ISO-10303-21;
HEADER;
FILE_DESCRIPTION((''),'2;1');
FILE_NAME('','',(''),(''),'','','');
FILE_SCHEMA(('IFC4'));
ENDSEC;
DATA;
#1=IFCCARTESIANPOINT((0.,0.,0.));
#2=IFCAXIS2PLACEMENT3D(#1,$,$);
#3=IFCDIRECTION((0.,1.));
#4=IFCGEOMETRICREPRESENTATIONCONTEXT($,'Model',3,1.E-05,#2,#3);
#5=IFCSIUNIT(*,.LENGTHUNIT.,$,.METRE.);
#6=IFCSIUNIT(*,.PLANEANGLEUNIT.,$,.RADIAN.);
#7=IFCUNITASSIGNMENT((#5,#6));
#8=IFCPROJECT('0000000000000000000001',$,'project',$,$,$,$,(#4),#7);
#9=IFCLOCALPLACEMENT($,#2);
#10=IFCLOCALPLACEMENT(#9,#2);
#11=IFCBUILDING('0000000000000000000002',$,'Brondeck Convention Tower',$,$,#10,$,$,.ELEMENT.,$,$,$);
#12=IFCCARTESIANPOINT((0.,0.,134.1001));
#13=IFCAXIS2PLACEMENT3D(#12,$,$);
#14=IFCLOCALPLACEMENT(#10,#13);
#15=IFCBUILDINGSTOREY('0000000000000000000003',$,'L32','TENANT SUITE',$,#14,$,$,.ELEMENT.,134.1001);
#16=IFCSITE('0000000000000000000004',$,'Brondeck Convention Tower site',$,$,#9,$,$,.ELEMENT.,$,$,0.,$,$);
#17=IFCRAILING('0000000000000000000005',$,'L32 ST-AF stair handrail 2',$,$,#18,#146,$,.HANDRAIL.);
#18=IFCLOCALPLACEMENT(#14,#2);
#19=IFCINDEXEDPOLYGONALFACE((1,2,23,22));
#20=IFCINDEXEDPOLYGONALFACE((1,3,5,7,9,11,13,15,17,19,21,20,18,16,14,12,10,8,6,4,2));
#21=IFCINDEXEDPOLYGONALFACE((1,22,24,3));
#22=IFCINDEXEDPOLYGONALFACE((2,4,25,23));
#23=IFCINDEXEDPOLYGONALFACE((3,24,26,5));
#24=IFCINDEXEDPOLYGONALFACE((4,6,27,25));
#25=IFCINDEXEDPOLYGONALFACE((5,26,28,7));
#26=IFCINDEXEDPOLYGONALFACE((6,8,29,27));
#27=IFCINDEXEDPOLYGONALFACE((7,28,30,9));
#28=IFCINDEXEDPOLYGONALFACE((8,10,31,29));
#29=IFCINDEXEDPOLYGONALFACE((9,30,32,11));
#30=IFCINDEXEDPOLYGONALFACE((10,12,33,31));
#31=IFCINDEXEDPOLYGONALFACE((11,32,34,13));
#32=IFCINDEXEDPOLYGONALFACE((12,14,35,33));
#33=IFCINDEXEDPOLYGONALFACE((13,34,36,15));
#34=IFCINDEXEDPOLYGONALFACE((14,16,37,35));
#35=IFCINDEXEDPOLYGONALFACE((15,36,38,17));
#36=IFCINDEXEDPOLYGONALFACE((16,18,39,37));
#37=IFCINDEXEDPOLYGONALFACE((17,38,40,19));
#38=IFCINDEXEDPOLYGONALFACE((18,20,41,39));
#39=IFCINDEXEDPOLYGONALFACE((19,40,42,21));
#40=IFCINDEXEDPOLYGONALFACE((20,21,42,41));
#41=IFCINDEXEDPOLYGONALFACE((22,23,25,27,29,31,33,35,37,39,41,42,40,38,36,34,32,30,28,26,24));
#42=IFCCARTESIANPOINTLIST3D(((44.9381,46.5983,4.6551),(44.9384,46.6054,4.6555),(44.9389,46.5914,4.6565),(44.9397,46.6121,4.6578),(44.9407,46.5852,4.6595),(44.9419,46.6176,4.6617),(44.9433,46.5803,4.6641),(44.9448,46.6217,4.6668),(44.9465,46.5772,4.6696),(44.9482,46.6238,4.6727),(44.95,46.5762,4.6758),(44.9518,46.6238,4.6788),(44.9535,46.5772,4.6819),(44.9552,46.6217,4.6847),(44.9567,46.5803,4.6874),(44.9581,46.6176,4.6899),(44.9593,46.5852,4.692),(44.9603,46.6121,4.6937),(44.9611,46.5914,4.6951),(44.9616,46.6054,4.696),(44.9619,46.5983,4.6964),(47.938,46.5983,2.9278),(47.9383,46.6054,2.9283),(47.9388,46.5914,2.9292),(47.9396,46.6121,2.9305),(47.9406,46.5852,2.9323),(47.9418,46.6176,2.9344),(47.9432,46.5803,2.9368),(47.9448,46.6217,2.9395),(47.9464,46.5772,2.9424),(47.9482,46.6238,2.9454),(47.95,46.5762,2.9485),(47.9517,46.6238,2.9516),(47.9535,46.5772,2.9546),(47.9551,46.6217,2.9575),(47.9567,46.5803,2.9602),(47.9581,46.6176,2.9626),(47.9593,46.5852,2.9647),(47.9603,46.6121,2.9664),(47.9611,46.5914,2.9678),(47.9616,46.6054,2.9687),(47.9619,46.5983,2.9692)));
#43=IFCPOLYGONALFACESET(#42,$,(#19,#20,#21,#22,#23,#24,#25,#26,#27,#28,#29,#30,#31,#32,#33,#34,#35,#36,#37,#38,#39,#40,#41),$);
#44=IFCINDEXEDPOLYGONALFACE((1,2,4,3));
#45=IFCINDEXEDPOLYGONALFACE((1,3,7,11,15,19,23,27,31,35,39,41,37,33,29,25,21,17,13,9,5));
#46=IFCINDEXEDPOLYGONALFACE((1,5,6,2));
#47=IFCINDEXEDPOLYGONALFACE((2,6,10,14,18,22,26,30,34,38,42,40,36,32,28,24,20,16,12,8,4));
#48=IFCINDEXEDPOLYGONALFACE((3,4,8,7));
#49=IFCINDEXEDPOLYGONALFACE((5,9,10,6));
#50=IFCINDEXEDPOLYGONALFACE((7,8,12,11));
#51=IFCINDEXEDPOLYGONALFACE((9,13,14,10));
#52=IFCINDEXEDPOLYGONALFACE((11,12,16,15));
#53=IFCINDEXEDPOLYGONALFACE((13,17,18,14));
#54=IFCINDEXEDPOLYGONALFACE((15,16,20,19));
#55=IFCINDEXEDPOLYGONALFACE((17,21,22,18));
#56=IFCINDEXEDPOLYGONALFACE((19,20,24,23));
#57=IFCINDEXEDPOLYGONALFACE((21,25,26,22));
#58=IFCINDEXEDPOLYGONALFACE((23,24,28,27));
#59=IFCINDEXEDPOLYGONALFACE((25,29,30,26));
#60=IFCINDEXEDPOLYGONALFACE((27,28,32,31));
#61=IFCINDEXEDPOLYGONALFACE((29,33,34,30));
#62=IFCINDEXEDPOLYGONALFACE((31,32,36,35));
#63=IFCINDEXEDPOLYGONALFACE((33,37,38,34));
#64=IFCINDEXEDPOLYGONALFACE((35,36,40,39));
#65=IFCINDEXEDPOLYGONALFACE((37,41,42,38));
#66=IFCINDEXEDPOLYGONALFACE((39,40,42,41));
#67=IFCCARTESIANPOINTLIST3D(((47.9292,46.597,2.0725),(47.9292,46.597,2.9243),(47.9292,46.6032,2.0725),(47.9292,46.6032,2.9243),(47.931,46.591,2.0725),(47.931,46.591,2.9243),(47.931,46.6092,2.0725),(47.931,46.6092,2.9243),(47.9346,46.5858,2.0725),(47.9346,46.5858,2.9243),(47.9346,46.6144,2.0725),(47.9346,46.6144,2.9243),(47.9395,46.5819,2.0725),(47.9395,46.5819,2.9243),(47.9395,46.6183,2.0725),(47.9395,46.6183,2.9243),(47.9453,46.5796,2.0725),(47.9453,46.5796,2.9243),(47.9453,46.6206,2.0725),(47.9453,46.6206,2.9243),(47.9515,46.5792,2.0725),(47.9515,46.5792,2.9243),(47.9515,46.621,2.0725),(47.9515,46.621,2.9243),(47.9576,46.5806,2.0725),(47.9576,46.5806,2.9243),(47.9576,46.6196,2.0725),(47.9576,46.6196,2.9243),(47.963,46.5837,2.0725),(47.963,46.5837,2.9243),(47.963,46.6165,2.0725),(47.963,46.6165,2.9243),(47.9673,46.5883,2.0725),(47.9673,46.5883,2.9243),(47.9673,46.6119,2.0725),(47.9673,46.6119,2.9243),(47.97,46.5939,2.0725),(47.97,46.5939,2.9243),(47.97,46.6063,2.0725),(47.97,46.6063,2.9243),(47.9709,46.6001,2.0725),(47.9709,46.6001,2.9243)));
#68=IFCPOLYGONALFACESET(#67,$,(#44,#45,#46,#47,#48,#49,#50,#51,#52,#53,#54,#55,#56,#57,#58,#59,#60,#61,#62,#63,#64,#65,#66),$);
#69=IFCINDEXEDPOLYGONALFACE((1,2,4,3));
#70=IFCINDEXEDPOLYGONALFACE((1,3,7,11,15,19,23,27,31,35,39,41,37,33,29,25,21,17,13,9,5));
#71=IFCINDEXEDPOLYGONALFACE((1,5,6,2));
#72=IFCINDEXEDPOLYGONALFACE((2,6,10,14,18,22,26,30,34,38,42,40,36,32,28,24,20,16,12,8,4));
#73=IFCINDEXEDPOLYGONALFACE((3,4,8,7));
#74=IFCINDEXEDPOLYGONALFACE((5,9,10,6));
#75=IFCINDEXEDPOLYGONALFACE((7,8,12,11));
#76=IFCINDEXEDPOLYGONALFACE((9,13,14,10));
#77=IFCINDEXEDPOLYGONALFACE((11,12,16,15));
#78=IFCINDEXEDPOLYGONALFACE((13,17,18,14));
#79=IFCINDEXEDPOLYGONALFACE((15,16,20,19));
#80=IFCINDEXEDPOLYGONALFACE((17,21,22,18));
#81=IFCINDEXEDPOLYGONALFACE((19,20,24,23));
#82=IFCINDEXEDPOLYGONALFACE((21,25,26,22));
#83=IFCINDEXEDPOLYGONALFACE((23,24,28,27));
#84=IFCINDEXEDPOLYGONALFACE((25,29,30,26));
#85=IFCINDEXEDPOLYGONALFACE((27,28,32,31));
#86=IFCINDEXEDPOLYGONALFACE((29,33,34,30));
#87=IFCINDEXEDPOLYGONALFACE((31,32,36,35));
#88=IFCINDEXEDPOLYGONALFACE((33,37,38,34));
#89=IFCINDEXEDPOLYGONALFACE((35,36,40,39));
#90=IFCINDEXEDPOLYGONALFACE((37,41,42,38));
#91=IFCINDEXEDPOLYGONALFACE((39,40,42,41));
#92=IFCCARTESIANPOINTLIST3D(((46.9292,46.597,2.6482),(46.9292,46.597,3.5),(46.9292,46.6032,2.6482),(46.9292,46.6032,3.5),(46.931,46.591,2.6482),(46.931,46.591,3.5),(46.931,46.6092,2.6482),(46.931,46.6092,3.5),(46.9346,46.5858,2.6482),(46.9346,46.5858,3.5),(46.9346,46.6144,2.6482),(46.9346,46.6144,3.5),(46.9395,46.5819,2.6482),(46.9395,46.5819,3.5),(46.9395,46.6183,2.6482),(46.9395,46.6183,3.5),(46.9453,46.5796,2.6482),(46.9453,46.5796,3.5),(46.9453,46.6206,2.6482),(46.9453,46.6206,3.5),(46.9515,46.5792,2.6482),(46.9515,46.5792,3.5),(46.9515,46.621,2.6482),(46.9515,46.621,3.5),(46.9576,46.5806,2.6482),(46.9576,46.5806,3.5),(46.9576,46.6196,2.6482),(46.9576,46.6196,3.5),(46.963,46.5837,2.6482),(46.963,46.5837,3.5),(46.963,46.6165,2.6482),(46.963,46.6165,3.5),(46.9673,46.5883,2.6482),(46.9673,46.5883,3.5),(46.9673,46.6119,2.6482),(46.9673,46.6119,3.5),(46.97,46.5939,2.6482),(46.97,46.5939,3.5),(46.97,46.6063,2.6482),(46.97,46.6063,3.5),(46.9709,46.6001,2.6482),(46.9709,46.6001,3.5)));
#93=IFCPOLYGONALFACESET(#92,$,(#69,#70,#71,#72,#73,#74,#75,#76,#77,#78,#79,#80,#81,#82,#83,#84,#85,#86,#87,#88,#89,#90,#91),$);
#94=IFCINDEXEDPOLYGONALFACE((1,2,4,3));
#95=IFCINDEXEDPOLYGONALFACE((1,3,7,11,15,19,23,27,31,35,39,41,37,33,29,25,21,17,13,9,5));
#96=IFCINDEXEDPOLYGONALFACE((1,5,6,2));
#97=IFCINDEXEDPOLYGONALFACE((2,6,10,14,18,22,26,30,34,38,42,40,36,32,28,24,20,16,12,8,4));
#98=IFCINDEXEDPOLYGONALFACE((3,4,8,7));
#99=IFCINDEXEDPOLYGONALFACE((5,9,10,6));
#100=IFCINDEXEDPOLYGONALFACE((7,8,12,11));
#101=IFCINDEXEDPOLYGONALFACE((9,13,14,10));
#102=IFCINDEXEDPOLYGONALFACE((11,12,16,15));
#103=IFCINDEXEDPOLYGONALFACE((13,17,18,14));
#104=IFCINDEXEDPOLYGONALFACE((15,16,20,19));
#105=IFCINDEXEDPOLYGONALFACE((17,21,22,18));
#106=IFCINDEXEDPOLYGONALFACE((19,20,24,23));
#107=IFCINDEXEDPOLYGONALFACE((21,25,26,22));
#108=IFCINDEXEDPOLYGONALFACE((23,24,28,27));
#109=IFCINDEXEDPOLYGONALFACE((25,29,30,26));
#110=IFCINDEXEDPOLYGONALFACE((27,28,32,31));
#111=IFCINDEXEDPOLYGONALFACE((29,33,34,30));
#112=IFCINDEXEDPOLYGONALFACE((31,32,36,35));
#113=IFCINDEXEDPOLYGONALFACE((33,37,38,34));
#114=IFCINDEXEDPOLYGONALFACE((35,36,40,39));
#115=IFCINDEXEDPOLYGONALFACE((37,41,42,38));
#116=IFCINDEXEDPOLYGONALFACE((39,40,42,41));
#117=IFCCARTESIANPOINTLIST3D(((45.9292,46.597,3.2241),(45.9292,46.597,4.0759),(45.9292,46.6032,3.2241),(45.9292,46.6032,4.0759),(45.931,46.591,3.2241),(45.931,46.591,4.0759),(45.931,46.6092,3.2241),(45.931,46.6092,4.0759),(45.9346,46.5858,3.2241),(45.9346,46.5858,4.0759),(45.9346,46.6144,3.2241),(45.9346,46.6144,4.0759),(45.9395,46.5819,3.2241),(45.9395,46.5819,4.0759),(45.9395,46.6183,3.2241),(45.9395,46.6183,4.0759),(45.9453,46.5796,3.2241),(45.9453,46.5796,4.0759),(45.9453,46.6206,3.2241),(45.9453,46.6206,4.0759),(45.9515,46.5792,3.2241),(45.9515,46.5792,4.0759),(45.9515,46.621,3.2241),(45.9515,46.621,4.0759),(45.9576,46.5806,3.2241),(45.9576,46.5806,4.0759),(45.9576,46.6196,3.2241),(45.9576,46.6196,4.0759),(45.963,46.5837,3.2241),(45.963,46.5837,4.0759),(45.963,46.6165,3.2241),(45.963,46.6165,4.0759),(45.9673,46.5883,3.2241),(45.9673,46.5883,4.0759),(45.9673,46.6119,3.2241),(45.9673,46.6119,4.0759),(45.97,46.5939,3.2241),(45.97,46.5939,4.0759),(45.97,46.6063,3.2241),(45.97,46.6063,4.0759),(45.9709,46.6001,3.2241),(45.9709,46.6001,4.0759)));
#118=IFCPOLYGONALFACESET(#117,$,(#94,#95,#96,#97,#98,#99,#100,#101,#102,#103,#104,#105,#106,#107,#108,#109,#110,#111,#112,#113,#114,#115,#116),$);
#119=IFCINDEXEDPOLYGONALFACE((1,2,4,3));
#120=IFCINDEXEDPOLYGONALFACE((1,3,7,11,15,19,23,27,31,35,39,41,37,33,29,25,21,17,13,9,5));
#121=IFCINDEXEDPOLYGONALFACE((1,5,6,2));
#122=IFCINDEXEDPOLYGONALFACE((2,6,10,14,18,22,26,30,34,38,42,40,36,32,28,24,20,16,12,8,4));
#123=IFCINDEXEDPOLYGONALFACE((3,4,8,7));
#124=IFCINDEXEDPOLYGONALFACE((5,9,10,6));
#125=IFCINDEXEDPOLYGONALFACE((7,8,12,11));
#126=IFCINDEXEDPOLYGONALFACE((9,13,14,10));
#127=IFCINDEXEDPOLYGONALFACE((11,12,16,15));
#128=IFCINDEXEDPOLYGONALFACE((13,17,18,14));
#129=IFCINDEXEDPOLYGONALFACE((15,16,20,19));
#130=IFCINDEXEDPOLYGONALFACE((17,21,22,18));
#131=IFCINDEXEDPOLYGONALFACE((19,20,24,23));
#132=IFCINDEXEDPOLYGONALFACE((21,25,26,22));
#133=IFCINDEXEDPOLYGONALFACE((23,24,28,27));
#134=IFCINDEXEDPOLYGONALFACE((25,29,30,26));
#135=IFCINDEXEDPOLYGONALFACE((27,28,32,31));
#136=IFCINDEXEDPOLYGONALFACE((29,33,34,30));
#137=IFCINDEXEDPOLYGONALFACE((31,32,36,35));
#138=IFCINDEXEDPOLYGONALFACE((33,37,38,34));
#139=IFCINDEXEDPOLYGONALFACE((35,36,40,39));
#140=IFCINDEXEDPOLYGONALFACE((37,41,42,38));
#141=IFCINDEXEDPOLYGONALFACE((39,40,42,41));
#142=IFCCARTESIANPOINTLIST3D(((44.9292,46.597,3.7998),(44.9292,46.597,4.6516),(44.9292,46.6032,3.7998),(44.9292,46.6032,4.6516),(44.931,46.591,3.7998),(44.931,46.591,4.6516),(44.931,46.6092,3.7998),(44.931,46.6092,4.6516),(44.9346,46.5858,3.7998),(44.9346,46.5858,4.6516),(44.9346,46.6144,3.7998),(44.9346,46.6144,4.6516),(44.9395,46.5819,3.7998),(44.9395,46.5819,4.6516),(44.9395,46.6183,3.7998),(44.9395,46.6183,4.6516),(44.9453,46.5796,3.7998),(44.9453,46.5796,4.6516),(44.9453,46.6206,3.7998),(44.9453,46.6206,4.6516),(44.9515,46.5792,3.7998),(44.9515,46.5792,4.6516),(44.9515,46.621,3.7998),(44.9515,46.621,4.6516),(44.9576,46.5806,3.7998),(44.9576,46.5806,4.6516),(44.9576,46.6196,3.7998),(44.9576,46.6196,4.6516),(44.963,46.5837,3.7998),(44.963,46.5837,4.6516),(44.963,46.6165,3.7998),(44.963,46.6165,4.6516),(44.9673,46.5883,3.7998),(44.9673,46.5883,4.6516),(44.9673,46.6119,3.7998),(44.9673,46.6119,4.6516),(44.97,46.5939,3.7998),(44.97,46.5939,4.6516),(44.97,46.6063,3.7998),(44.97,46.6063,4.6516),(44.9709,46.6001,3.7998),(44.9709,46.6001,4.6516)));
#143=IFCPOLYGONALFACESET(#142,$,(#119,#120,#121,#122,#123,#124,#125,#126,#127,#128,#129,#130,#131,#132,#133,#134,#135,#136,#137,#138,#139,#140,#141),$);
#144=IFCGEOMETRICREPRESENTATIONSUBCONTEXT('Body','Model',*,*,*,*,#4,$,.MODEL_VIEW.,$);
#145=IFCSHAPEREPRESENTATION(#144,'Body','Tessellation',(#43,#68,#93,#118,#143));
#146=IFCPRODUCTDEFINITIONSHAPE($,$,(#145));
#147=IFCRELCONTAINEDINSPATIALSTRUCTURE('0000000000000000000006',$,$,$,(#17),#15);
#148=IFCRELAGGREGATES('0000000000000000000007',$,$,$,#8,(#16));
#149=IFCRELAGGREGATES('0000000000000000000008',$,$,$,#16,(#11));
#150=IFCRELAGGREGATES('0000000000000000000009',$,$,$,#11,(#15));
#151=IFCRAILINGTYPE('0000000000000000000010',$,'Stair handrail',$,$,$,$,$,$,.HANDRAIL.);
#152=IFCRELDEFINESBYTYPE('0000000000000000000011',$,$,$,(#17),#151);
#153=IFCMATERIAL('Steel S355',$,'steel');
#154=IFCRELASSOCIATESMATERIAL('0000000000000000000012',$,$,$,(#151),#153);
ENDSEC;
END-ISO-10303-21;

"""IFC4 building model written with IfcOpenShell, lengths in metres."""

from ifc_helpers import new_model, si_unit, direction, frame, origin, origin_2d, place, context, subcontext, project, spatial, circle, extrude, material, type_object, element, save


model = new_model("IFC4")

# Units and contexts
model_context = context("Model", 3, precision=1e-05, world=origin(), true_north=direction((0.0, 1.0)))
body_context = subcontext(model_context, "Body", "Model", "MODEL_VIEW")
ifc_project = project(units=[si_unit("LENGTHUNIT", "METRE"), si_unit("PLANEANGLEUNIT", "RADIAN")], contexts=[model_context])

# Site, building, storey
site_placement = place(None, origin())
site = spatial("IfcSite", under=ifc_project, at=site_placement, Name="Brondeck Convention Tower site", CompositionType="ELEMENT", RefElevation=0.0)
building_placement = place(site_placement, origin())
building = spatial("IfcBuilding", under=site, at=building_placement, Name="Brondeck Convention Tower", CompositionType="ELEMENT")
storey_placement = place(building_placement, frame((0.0, 0.0, 134.1001)))
storey = spatial("IfcBuildingStorey", under=building, at=storey_placement, Name="L32", Description="TENANT SUITE", CompositionType="ELEMENT", Elevation=134.1001)

# Shared definitions
ifc_material_1 = material(Name="Steel S355", Category="steel")

# Railing
railing_type_1 = type_object("IfcRailingType", Name="Stair handrail", PredefinedType="HANDRAIL", material=ifc_material_1)
railing_1_placement = place(storey_placement, frame((47.95, 46.6001, 2.0725)))
element("IfcRailing", 1, at=railing_1_placement, inside=storey, type_object=railing_type_1, Name="L32 ST-AF stair handrail 2", PredefinedType="HANDRAIL", context=body_context, shape_type="SweptSolid", body=[
    extrude(circle(Radius=0.0239, at=origin_2d()), frame((0.0, 0.0, 0.876), z_axis=(-0.86662, 0.0, 0.498969), x_axis=(0.0, -1.0, 0.0)), (0.0, 0.0, 1.0), 3.4617),
    extrude(circle(Radius=0.021, at=origin_2d()), origin(), (0.0, 0.0, 1.0), 0.8518),
    extrude(circle(Radius=0.021, at=origin_2d()), frame((-1.0, 0.0, 0.5757)), (0.0, 0.0, 1.0), 0.8518),
    extrude(circle(Radius=0.021, at=origin_2d()), frame((-2.0, 0.0, 1.1516)), (0.0, 0.0, 1.0), 0.8518),
    extrude(circle(Radius=0.021, at=origin_2d()), frame((-3.0, 0.0, 1.7273)), (0.0, 0.0, 1.0), 0.8518),
])

save(model, "model.ifc")
